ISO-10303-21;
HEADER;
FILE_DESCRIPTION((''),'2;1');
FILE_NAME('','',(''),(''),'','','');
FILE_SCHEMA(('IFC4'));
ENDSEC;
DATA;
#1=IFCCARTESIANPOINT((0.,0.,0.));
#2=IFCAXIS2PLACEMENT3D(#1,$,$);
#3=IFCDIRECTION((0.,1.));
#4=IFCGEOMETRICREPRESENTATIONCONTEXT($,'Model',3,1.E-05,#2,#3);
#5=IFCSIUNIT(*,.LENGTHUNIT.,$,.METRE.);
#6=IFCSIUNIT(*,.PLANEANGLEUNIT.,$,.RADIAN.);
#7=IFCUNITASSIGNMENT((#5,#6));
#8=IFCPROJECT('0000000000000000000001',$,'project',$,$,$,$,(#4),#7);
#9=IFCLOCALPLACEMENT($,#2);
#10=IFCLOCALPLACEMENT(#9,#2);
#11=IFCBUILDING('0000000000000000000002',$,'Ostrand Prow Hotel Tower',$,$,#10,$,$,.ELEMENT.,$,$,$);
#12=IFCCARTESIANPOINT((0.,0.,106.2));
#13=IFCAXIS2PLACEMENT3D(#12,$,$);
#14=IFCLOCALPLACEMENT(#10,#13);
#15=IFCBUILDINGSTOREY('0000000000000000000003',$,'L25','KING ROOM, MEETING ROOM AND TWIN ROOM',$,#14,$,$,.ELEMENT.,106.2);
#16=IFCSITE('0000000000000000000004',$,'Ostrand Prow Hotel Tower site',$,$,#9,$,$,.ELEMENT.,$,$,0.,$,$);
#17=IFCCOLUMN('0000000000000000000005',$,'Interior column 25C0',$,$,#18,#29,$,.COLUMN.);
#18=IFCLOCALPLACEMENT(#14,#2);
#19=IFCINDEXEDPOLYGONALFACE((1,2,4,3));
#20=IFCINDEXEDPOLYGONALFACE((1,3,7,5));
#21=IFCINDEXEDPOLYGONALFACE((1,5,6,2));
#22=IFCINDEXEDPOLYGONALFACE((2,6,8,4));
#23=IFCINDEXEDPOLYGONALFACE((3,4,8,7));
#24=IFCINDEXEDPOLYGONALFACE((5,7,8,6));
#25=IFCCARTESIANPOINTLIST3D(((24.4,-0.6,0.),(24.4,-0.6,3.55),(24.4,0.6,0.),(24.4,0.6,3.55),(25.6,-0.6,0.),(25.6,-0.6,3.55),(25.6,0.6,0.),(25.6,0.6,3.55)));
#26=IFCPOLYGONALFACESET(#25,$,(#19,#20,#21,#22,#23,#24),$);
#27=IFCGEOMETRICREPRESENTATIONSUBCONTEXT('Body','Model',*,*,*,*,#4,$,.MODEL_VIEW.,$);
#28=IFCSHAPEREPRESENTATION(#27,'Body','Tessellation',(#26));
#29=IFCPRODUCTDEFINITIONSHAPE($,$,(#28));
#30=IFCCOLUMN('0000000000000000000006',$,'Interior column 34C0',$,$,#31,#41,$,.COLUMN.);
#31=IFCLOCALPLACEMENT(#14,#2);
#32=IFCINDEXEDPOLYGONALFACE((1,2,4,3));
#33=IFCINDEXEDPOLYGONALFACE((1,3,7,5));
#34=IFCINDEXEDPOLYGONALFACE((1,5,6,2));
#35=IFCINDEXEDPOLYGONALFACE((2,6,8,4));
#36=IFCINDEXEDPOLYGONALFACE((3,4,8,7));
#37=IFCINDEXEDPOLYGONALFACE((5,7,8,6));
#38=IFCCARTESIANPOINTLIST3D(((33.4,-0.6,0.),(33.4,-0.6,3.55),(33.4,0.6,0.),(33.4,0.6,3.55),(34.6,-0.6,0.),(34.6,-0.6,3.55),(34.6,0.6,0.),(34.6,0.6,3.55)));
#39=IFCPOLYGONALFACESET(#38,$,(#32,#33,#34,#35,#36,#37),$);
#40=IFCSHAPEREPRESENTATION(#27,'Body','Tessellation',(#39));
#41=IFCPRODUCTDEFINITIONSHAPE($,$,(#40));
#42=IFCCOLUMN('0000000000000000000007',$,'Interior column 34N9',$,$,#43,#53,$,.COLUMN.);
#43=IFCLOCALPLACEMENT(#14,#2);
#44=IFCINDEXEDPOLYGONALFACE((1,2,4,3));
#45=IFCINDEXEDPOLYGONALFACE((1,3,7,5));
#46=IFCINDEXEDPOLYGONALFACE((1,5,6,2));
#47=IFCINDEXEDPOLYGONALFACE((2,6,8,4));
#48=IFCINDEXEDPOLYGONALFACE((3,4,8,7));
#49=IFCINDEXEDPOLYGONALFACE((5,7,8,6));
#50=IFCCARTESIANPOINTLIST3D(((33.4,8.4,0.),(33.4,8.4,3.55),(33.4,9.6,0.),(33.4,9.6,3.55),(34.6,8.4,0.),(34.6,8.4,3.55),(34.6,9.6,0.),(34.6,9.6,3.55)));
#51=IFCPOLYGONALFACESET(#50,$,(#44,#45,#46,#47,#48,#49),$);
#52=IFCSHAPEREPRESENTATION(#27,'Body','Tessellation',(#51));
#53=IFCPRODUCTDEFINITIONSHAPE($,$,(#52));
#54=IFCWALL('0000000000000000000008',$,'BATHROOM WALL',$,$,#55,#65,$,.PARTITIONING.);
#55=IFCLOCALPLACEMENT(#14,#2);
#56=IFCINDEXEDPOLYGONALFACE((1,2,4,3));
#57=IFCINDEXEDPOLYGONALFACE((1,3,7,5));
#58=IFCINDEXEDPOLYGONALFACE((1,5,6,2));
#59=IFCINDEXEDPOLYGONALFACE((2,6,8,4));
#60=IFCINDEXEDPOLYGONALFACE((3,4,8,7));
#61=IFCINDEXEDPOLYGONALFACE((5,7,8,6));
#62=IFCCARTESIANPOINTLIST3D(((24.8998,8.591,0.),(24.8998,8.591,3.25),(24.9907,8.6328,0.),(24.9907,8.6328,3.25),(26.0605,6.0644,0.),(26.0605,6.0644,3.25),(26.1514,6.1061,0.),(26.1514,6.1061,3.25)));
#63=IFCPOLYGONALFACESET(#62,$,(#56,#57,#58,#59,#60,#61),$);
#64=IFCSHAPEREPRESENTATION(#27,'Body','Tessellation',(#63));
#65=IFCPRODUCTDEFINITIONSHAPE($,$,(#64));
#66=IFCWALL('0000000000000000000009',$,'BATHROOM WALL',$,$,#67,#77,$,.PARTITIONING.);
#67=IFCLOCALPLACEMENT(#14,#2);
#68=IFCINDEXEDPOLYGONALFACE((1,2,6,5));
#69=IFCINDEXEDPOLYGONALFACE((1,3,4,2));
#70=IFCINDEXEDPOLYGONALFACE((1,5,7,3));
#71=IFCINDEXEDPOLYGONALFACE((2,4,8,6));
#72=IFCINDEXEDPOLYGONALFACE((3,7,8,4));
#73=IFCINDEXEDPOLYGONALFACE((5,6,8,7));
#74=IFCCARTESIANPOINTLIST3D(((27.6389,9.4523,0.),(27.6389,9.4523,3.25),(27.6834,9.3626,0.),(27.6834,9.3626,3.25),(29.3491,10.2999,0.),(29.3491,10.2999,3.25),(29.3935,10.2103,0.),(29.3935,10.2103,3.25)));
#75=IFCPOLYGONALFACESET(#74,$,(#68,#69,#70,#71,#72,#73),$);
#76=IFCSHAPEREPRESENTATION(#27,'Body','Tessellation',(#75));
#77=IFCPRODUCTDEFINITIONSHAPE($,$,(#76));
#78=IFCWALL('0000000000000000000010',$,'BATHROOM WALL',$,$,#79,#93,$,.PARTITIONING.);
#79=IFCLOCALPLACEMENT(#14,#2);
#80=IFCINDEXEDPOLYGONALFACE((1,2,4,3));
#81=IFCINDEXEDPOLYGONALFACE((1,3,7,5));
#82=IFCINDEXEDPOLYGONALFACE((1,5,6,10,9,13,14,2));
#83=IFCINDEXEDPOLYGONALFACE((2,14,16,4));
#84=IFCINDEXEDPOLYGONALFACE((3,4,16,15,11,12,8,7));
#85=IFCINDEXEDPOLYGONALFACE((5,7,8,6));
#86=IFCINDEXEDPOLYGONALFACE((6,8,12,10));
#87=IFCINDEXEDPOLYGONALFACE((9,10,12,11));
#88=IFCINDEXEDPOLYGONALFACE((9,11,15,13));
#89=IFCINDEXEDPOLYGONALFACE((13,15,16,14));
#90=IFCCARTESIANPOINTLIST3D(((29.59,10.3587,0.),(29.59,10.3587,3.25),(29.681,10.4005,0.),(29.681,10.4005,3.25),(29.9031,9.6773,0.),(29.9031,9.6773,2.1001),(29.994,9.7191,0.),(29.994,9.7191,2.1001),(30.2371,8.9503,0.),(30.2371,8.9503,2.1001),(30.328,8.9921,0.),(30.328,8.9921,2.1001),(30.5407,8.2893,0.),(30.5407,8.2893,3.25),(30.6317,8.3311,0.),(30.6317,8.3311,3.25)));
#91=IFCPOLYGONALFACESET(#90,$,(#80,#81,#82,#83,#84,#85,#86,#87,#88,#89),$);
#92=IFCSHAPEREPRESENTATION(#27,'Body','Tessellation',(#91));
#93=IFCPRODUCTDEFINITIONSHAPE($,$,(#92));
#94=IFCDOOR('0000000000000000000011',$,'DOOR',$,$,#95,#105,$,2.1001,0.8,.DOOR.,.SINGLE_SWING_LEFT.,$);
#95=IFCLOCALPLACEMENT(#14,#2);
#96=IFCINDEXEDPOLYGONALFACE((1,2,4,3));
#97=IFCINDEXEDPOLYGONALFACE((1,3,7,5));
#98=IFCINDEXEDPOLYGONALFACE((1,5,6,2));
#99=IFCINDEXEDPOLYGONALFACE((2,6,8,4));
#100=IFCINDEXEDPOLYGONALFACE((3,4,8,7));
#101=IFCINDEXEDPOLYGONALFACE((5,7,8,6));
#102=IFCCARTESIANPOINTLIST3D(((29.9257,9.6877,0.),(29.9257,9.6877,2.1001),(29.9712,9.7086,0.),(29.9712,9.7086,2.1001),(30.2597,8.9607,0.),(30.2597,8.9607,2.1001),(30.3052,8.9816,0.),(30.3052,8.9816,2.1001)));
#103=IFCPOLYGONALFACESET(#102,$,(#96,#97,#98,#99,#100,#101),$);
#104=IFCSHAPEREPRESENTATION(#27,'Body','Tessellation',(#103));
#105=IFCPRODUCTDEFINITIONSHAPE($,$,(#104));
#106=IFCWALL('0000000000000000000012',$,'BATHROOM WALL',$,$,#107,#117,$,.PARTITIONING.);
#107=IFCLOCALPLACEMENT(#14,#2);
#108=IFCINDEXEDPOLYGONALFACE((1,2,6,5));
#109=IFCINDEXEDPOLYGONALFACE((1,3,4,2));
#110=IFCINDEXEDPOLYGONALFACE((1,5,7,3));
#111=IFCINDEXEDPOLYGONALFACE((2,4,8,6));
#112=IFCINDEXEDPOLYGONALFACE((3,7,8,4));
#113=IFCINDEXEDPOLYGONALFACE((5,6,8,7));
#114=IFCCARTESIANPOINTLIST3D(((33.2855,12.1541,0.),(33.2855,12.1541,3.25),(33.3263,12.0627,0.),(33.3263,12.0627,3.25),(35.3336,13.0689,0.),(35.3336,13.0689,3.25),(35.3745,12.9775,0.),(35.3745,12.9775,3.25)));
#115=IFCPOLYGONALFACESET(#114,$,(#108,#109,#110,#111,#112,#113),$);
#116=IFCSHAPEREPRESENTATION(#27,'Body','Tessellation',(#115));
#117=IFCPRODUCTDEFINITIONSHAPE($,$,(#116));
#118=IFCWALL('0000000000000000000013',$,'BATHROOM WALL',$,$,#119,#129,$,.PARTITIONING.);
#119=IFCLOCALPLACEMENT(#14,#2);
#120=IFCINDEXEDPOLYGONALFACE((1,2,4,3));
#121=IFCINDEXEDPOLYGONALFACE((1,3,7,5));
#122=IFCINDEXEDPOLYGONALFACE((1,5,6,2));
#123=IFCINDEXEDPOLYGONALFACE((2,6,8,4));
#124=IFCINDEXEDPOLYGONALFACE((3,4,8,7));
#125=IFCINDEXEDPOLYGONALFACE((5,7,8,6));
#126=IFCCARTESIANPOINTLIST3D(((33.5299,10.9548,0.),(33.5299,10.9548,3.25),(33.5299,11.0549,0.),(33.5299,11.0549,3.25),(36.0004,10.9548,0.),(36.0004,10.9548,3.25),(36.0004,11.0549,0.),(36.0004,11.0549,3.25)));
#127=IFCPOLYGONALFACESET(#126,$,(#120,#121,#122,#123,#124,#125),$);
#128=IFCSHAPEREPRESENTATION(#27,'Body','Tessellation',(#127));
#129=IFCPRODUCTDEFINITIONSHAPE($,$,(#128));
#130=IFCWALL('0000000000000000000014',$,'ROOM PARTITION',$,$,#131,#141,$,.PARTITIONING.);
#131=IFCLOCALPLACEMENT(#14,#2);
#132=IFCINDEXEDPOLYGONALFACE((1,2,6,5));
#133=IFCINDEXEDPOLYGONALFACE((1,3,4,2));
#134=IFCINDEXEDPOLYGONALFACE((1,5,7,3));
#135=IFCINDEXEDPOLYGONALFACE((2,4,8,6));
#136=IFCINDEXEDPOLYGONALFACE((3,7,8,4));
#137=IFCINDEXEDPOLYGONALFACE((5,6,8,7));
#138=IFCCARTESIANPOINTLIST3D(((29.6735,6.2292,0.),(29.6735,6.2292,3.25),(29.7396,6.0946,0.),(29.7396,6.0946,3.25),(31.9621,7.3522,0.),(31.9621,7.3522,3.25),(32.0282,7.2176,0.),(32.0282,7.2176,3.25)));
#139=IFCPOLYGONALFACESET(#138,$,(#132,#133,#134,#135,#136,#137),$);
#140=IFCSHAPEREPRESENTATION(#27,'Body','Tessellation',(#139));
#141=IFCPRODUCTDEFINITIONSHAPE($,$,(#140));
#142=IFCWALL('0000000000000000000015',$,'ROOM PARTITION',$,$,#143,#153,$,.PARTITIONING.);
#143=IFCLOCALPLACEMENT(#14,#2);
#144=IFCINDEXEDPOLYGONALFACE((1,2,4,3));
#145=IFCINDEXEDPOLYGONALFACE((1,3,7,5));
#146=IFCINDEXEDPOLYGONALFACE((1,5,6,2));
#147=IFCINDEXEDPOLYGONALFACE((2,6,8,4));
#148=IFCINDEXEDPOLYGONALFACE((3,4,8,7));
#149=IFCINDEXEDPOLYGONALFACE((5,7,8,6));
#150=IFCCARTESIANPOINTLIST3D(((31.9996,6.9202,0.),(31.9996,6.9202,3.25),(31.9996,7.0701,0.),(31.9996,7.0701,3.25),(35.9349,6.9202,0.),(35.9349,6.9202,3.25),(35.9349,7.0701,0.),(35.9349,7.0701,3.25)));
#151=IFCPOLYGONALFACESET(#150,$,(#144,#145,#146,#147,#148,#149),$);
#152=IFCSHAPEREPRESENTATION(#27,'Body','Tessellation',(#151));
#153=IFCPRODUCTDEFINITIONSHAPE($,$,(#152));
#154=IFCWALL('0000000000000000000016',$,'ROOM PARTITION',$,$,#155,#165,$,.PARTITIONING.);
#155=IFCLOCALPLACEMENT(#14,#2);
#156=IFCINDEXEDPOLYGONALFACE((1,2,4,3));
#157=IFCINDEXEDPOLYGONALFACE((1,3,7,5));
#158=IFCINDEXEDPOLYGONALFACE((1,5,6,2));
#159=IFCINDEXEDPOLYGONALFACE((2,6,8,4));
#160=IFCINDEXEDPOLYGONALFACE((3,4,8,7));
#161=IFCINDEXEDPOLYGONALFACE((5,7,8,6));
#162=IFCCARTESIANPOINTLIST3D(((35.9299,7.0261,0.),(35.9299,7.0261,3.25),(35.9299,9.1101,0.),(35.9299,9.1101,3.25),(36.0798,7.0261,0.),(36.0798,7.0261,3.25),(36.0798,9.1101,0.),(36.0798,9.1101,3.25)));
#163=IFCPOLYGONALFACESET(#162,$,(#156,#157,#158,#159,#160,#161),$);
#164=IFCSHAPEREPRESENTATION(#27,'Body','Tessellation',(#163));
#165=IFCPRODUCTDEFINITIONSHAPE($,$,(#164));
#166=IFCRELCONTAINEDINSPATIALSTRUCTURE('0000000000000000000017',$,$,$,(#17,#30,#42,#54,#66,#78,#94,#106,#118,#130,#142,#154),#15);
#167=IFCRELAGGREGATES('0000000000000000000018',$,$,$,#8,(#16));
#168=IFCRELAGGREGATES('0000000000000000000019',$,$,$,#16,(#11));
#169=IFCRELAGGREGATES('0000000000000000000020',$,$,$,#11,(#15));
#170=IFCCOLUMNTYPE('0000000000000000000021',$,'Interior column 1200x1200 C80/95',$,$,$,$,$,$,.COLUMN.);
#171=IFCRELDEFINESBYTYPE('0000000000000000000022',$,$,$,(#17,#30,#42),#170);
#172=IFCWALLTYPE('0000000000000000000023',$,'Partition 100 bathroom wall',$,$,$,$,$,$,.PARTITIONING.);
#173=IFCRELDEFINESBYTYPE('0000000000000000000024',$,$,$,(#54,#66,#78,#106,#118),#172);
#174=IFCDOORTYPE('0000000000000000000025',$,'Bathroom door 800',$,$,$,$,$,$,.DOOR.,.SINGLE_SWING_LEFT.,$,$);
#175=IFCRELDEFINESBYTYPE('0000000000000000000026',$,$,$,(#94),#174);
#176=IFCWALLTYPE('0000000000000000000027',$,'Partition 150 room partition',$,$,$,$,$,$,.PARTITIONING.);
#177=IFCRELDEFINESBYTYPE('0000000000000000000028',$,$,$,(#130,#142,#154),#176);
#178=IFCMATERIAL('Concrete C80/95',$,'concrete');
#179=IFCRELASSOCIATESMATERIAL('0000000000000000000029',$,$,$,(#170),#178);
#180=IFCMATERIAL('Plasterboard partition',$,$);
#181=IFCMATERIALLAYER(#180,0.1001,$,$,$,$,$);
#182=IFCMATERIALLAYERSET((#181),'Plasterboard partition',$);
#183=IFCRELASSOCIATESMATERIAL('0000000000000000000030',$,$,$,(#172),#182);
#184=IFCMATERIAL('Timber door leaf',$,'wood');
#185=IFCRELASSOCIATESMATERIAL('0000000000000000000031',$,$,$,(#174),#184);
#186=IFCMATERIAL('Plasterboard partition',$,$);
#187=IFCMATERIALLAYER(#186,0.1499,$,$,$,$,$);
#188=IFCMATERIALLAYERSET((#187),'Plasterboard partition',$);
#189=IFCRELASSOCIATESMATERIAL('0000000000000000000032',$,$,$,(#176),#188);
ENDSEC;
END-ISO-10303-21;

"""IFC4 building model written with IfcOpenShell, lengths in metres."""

from ifc_helpers import new_model, si_unit, direction, frame, frame_2d, origin, origin_2d, place, context, subcontext, project, spatial, rectangle, extrude, material, layer, layer_set, material_profile, profile_set, type_object, element, fill, save


model = new_model("IFC4")

# Units and contexts
model_context = context("Model", 3, precision=1e-05, world=origin(), true_north=direction((0.0, 1.0)))
body_context = subcontext(model_context, "Body", "Model", "MODEL_VIEW")
ifc_project = project(units=[si_unit("LENGTHUNIT", "METRE"), si_unit("PLANEANGLEUNIT", "RADIAN")], contexts=[model_context])

# Site, building, storey
site_placement = place(None, origin())
site = spatial("IfcSite", under=ifc_project, at=site_placement, Name="Ostrand Prow Hotel Tower site", CompositionType="ELEMENT", RefElevation=0.0)
building_placement = place(site_placement, origin())
building = spatial("IfcBuilding", under=site, at=building_placement, Name="Ostrand Prow Hotel Tower", CompositionType="ELEMENT")
storey_placement = place(building_placement, frame((0.0, 0.0, 106.2)))
storey = spatial("IfcBuildingStorey", under=building, at=storey_placement, Name="L25", Description="KING ROOM, MEETING ROOM AND TWIN ROOM", CompositionType="ELEMENT", Elevation=106.2)

# Columns
ifc_material_1 = material(Name="Concrete C80/95", Category="concrete")
ifc_material_profile = material_profile(ifc_material_1, rectangle(XDim=1.2, YDim=1.2, at=origin_2d()), Name="RC 1200x1200")
ifc_profile_set = profile_set([ifc_material_profile], Name="Concrete C80/95")
column_type = type_object("IfcColumnType", Name="Interior column 1200x1200 C80/95", PredefinedType="COLUMN", material=ifc_profile_set)
for number, where, z_axis, x_axis, name in (
    (1, (25.0, 0.0, 0.0), (0.0, 0.0, 1.0), (1.0, 0.0, 0.0), "Interior column 25C0"),
    (2, (34.0, 0.0, 0.0), (0.0, 0.0, 1.0), (1.0, 0.0, 0.0), "Interior column 34C0"),
    (3, (34.0, 9.0, 0.0), (0.0, 0.0, 1.0), (1.0, 0.0, 0.0), "Interior column 34N9"),
):
    element("IfcColumn", number, at=place(storey_placement, frame(where, z_axis=z_axis, x_axis=x_axis)), inside=storey, type_object=column_type, Name=name, PredefinedType="COLUMN", context=body_context, shape_type="SweptSolid", body=[
        extrude(rectangle(XDim=1.2, YDim=1.2, at=origin_2d()), origin(), (0.0, 0.0, 1.0), 3.55),
    ])

# Walls
ifc_material_2 = material(Name="Plasterboard partition")
ifc_layer_1 = layer(ifc_material_2, 0.1001)
ifc_layer_set_1 = layer_set([ifc_layer_1], Name="Plasterboard partition")
wall_type_1 = type_object("IfcWallType", Name="Partition 100 bathroom wall", PredefinedType="PARTITIONING", material=ifc_layer_set_1)
wall_1_placement = place(storey_placement, frame((24.9453, 8.6118, 0.0), z_axis=(0.0, 0.0, 1.0), x_axis=(0.417432, -0.908708, 0.0)))
element("IfcWall", 4, at=wall_1_placement, inside=storey, type_object=wall_type_1, Name="BATHROOM WALL", PredefinedType="PARTITIONING", context=body_context, shape_type="SweptSolid", body=[
    extrude(rectangle(XDim=2.7805, YDim=0.1001, at=frame_2d((1.3901, 0.0))), origin(), (0.0, 0.0, 1.0), 3.25),
])
wall_2_placement = place(storey_placement, frame((27.6611, 9.4075, 0.0), z_axis=(0.0, 0.0, 1.0), x_axis=(0.895982, 0.44409, 0.0)))
element("IfcWall", 5, at=wall_2_placement, inside=storey, type_object=wall_type_1, Name="BATHROOM WALL", PredefinedType="PARTITIONING", context=body_context, shape_type="SweptSolid", body=[
    extrude(rectangle(XDim=1.9087, YDim=0.1001, at=frame_2d((0.9543, 0.0))), origin(), (0.0, 0.0, 1.0), 3.25),
])

# Wall, opening, door
wall_3_placement = place(storey_placement, frame((29.6355, 10.3796, 0.0), z_axis=(0.0, 0.0, 1.0), x_axis=(0.417467, -0.908692, 0.0)))
wall_3 = element("IfcWall", 6, at=wall_3_placement, inside=storey, type_object=wall_type_1, Name="BATHROOM WALL", PredefinedType="PARTITIONING", context=body_context, shape_type="SweptSolid", body=[
    extrude(rectangle(XDim=2.2773, YDim=0.1001, at=frame_2d((1.1387, 0.0))), origin(), (0.0, 0.0, 1.0), 3.25),
])
opening_1_placement = place(wall_3_placement, frame((0.75, 0.0, 0.0)))
opening_1 = element("IfcOpeningElement", 7, at=opening_1_placement, cuts=wall_3, PredefinedType="OPENING", context=body_context, shape_type="SweptSolid", body=[
    extrude(rectangle(XDim=0.8, YDim=2.1001, at=frame_2d((0.3999, 1.05))), frame((0.0, 0.0601, 0.0), z_axis=(0.0, -1.0, 0.0), x_axis=(1.0, 0.0, 0.0)), (0.0, 0.0, 1.0), 0.1201),
])
ifc_material_3 = material(Name="Timber door leaf", Category="wood")
door_type_1 = type_object("IfcDoorType", Name="Bathroom door 800", OperationType="SINGLE_SWING_LEFT", PredefinedType="DOOR", material=ifc_material_3)
door_1_placement = place(opening_1_placement, origin())
door_1 = element("IfcDoor", 8, at=door_1_placement, inside=storey, type_object=door_type_1, Name="DOOR", OperationType="SINGLE_SWING_LEFT", OverallHeight=2.1001, OverallWidth=0.8, PredefinedType="DOOR", context=body_context, shape_type="SweptSolid", body=[
    extrude(rectangle(XDim=0.8, YDim=2.1001, at=frame_2d((0.3999, 1.05))), frame((0.0, 0.0249, 0.0), z_axis=(0.0, -1.0, 0.0), x_axis=(1.0, 0.0, 0.0)), (0.0, 0.0, 1.0), 0.05),
])
fill(opening_1, door_1)

# Walls
wall_4_placement = place(storey_placement, frame((33.3059, 12.1084, 0.0), z_axis=(0.0, 0.0, 1.0), x_axis=(0.91306, 0.407824, 0.0)))
element("IfcWall", 9, at=wall_4_placement, inside=storey, type_object=wall_type_1, Name="BATHROOM WALL", PredefinedType="PARTITIONING", context=body_context, shape_type="SweptSolid", body=[
    extrude(rectangle(XDim=2.2432, YDim=0.1001, at=frame_2d((1.1216, 0.0))), origin(), (0.0, 0.0, 1.0), 3.25),
])
wall_5_placement = place(storey_placement, frame((36.0005, 11.0049, 0.0), z_axis=(0.0, 0.0, 1.0), x_axis=(-1.0, 0.0, 0.0)))
element("IfcWall", 10, at=wall_5_placement, inside=storey, type_object=wall_type_1, Name="BATHROOM WALL", PredefinedType="PARTITIONING", context=body_context, shape_type="SweptSolid", body=[
    extrude(rectangle(XDim=2.4705, YDim=0.1001, at=frame_2d((1.2354, 0.0))), origin(), (0.0, 0.0, 1.0), 3.25),
])
ifc_material_4 = material(Name="Plasterboard partition")
ifc_layer_2 = layer(ifc_material_4, 0.1499)
ifc_layer_set_2 = layer_set([ifc_layer_2], Name="Plasterboard partition")
wall_type_2 = type_object("IfcWallType", Name="Partition 150 room partition", PredefinedType="PARTITIONING", material=ifc_layer_set_2)
wall_6_placement = place(storey_placement, frame((29.7065, 6.1619, 0.0), z_axis=(0.0, 0.0, 1.0), x_axis=(0.897735, 0.440536, 0.0)))
element("IfcWall", 11, at=wall_6_placement, inside=storey, type_object=wall_type_2, Name="ROOM PARTITION", PredefinedType="PARTITIONING", context=body_context, shape_type="SweptSolid", body=[
    extrude(rectangle(XDim=2.5493, YDim=0.1499, at=frame_2d((1.2747, 0.0))), origin(), (0.0, 0.0, 1.0), 3.25),
])
wall_7_placement = place(storey_placement, frame((31.9995, 6.9951, 0.0), z_axis=(0.0, 0.0, 1.0), x_axis=(1.0, 0.0, 0.0)))
element("IfcWall", 12, at=wall_7_placement, inside=storey, type_object=wall_type_2, Name="ROOM PARTITION", PredefinedType="PARTITIONING", context=body_context, shape_type="SweptSolid", body=[
    extrude(rectangle(XDim=3.9353, YDim=0.1499, at=frame_2d((1.9678, 0.0))), origin(), (0.0, 0.0, 1.0), 3.25),
])
wall_8_placement = place(storey_placement, frame((36.0049, 7.0261, 0.0), z_axis=(0.0, 0.0, 1.0), x_axis=(0.0, 1.0, 0.0)))
element("IfcWall", 13, at=wall_8_placement, inside=storey, type_object=wall_type_2, Name="ROOM PARTITION", PredefinedType="PARTITIONING", context=body_context, shape_type="SweptSolid", body=[
    extrude(rectangle(XDim=2.084, YDim=0.1499, at=frame_2d((1.042, 0.0))), origin(), (0.0, 0.0, 1.0), 3.25),
])

save(model, "model.ifc")
